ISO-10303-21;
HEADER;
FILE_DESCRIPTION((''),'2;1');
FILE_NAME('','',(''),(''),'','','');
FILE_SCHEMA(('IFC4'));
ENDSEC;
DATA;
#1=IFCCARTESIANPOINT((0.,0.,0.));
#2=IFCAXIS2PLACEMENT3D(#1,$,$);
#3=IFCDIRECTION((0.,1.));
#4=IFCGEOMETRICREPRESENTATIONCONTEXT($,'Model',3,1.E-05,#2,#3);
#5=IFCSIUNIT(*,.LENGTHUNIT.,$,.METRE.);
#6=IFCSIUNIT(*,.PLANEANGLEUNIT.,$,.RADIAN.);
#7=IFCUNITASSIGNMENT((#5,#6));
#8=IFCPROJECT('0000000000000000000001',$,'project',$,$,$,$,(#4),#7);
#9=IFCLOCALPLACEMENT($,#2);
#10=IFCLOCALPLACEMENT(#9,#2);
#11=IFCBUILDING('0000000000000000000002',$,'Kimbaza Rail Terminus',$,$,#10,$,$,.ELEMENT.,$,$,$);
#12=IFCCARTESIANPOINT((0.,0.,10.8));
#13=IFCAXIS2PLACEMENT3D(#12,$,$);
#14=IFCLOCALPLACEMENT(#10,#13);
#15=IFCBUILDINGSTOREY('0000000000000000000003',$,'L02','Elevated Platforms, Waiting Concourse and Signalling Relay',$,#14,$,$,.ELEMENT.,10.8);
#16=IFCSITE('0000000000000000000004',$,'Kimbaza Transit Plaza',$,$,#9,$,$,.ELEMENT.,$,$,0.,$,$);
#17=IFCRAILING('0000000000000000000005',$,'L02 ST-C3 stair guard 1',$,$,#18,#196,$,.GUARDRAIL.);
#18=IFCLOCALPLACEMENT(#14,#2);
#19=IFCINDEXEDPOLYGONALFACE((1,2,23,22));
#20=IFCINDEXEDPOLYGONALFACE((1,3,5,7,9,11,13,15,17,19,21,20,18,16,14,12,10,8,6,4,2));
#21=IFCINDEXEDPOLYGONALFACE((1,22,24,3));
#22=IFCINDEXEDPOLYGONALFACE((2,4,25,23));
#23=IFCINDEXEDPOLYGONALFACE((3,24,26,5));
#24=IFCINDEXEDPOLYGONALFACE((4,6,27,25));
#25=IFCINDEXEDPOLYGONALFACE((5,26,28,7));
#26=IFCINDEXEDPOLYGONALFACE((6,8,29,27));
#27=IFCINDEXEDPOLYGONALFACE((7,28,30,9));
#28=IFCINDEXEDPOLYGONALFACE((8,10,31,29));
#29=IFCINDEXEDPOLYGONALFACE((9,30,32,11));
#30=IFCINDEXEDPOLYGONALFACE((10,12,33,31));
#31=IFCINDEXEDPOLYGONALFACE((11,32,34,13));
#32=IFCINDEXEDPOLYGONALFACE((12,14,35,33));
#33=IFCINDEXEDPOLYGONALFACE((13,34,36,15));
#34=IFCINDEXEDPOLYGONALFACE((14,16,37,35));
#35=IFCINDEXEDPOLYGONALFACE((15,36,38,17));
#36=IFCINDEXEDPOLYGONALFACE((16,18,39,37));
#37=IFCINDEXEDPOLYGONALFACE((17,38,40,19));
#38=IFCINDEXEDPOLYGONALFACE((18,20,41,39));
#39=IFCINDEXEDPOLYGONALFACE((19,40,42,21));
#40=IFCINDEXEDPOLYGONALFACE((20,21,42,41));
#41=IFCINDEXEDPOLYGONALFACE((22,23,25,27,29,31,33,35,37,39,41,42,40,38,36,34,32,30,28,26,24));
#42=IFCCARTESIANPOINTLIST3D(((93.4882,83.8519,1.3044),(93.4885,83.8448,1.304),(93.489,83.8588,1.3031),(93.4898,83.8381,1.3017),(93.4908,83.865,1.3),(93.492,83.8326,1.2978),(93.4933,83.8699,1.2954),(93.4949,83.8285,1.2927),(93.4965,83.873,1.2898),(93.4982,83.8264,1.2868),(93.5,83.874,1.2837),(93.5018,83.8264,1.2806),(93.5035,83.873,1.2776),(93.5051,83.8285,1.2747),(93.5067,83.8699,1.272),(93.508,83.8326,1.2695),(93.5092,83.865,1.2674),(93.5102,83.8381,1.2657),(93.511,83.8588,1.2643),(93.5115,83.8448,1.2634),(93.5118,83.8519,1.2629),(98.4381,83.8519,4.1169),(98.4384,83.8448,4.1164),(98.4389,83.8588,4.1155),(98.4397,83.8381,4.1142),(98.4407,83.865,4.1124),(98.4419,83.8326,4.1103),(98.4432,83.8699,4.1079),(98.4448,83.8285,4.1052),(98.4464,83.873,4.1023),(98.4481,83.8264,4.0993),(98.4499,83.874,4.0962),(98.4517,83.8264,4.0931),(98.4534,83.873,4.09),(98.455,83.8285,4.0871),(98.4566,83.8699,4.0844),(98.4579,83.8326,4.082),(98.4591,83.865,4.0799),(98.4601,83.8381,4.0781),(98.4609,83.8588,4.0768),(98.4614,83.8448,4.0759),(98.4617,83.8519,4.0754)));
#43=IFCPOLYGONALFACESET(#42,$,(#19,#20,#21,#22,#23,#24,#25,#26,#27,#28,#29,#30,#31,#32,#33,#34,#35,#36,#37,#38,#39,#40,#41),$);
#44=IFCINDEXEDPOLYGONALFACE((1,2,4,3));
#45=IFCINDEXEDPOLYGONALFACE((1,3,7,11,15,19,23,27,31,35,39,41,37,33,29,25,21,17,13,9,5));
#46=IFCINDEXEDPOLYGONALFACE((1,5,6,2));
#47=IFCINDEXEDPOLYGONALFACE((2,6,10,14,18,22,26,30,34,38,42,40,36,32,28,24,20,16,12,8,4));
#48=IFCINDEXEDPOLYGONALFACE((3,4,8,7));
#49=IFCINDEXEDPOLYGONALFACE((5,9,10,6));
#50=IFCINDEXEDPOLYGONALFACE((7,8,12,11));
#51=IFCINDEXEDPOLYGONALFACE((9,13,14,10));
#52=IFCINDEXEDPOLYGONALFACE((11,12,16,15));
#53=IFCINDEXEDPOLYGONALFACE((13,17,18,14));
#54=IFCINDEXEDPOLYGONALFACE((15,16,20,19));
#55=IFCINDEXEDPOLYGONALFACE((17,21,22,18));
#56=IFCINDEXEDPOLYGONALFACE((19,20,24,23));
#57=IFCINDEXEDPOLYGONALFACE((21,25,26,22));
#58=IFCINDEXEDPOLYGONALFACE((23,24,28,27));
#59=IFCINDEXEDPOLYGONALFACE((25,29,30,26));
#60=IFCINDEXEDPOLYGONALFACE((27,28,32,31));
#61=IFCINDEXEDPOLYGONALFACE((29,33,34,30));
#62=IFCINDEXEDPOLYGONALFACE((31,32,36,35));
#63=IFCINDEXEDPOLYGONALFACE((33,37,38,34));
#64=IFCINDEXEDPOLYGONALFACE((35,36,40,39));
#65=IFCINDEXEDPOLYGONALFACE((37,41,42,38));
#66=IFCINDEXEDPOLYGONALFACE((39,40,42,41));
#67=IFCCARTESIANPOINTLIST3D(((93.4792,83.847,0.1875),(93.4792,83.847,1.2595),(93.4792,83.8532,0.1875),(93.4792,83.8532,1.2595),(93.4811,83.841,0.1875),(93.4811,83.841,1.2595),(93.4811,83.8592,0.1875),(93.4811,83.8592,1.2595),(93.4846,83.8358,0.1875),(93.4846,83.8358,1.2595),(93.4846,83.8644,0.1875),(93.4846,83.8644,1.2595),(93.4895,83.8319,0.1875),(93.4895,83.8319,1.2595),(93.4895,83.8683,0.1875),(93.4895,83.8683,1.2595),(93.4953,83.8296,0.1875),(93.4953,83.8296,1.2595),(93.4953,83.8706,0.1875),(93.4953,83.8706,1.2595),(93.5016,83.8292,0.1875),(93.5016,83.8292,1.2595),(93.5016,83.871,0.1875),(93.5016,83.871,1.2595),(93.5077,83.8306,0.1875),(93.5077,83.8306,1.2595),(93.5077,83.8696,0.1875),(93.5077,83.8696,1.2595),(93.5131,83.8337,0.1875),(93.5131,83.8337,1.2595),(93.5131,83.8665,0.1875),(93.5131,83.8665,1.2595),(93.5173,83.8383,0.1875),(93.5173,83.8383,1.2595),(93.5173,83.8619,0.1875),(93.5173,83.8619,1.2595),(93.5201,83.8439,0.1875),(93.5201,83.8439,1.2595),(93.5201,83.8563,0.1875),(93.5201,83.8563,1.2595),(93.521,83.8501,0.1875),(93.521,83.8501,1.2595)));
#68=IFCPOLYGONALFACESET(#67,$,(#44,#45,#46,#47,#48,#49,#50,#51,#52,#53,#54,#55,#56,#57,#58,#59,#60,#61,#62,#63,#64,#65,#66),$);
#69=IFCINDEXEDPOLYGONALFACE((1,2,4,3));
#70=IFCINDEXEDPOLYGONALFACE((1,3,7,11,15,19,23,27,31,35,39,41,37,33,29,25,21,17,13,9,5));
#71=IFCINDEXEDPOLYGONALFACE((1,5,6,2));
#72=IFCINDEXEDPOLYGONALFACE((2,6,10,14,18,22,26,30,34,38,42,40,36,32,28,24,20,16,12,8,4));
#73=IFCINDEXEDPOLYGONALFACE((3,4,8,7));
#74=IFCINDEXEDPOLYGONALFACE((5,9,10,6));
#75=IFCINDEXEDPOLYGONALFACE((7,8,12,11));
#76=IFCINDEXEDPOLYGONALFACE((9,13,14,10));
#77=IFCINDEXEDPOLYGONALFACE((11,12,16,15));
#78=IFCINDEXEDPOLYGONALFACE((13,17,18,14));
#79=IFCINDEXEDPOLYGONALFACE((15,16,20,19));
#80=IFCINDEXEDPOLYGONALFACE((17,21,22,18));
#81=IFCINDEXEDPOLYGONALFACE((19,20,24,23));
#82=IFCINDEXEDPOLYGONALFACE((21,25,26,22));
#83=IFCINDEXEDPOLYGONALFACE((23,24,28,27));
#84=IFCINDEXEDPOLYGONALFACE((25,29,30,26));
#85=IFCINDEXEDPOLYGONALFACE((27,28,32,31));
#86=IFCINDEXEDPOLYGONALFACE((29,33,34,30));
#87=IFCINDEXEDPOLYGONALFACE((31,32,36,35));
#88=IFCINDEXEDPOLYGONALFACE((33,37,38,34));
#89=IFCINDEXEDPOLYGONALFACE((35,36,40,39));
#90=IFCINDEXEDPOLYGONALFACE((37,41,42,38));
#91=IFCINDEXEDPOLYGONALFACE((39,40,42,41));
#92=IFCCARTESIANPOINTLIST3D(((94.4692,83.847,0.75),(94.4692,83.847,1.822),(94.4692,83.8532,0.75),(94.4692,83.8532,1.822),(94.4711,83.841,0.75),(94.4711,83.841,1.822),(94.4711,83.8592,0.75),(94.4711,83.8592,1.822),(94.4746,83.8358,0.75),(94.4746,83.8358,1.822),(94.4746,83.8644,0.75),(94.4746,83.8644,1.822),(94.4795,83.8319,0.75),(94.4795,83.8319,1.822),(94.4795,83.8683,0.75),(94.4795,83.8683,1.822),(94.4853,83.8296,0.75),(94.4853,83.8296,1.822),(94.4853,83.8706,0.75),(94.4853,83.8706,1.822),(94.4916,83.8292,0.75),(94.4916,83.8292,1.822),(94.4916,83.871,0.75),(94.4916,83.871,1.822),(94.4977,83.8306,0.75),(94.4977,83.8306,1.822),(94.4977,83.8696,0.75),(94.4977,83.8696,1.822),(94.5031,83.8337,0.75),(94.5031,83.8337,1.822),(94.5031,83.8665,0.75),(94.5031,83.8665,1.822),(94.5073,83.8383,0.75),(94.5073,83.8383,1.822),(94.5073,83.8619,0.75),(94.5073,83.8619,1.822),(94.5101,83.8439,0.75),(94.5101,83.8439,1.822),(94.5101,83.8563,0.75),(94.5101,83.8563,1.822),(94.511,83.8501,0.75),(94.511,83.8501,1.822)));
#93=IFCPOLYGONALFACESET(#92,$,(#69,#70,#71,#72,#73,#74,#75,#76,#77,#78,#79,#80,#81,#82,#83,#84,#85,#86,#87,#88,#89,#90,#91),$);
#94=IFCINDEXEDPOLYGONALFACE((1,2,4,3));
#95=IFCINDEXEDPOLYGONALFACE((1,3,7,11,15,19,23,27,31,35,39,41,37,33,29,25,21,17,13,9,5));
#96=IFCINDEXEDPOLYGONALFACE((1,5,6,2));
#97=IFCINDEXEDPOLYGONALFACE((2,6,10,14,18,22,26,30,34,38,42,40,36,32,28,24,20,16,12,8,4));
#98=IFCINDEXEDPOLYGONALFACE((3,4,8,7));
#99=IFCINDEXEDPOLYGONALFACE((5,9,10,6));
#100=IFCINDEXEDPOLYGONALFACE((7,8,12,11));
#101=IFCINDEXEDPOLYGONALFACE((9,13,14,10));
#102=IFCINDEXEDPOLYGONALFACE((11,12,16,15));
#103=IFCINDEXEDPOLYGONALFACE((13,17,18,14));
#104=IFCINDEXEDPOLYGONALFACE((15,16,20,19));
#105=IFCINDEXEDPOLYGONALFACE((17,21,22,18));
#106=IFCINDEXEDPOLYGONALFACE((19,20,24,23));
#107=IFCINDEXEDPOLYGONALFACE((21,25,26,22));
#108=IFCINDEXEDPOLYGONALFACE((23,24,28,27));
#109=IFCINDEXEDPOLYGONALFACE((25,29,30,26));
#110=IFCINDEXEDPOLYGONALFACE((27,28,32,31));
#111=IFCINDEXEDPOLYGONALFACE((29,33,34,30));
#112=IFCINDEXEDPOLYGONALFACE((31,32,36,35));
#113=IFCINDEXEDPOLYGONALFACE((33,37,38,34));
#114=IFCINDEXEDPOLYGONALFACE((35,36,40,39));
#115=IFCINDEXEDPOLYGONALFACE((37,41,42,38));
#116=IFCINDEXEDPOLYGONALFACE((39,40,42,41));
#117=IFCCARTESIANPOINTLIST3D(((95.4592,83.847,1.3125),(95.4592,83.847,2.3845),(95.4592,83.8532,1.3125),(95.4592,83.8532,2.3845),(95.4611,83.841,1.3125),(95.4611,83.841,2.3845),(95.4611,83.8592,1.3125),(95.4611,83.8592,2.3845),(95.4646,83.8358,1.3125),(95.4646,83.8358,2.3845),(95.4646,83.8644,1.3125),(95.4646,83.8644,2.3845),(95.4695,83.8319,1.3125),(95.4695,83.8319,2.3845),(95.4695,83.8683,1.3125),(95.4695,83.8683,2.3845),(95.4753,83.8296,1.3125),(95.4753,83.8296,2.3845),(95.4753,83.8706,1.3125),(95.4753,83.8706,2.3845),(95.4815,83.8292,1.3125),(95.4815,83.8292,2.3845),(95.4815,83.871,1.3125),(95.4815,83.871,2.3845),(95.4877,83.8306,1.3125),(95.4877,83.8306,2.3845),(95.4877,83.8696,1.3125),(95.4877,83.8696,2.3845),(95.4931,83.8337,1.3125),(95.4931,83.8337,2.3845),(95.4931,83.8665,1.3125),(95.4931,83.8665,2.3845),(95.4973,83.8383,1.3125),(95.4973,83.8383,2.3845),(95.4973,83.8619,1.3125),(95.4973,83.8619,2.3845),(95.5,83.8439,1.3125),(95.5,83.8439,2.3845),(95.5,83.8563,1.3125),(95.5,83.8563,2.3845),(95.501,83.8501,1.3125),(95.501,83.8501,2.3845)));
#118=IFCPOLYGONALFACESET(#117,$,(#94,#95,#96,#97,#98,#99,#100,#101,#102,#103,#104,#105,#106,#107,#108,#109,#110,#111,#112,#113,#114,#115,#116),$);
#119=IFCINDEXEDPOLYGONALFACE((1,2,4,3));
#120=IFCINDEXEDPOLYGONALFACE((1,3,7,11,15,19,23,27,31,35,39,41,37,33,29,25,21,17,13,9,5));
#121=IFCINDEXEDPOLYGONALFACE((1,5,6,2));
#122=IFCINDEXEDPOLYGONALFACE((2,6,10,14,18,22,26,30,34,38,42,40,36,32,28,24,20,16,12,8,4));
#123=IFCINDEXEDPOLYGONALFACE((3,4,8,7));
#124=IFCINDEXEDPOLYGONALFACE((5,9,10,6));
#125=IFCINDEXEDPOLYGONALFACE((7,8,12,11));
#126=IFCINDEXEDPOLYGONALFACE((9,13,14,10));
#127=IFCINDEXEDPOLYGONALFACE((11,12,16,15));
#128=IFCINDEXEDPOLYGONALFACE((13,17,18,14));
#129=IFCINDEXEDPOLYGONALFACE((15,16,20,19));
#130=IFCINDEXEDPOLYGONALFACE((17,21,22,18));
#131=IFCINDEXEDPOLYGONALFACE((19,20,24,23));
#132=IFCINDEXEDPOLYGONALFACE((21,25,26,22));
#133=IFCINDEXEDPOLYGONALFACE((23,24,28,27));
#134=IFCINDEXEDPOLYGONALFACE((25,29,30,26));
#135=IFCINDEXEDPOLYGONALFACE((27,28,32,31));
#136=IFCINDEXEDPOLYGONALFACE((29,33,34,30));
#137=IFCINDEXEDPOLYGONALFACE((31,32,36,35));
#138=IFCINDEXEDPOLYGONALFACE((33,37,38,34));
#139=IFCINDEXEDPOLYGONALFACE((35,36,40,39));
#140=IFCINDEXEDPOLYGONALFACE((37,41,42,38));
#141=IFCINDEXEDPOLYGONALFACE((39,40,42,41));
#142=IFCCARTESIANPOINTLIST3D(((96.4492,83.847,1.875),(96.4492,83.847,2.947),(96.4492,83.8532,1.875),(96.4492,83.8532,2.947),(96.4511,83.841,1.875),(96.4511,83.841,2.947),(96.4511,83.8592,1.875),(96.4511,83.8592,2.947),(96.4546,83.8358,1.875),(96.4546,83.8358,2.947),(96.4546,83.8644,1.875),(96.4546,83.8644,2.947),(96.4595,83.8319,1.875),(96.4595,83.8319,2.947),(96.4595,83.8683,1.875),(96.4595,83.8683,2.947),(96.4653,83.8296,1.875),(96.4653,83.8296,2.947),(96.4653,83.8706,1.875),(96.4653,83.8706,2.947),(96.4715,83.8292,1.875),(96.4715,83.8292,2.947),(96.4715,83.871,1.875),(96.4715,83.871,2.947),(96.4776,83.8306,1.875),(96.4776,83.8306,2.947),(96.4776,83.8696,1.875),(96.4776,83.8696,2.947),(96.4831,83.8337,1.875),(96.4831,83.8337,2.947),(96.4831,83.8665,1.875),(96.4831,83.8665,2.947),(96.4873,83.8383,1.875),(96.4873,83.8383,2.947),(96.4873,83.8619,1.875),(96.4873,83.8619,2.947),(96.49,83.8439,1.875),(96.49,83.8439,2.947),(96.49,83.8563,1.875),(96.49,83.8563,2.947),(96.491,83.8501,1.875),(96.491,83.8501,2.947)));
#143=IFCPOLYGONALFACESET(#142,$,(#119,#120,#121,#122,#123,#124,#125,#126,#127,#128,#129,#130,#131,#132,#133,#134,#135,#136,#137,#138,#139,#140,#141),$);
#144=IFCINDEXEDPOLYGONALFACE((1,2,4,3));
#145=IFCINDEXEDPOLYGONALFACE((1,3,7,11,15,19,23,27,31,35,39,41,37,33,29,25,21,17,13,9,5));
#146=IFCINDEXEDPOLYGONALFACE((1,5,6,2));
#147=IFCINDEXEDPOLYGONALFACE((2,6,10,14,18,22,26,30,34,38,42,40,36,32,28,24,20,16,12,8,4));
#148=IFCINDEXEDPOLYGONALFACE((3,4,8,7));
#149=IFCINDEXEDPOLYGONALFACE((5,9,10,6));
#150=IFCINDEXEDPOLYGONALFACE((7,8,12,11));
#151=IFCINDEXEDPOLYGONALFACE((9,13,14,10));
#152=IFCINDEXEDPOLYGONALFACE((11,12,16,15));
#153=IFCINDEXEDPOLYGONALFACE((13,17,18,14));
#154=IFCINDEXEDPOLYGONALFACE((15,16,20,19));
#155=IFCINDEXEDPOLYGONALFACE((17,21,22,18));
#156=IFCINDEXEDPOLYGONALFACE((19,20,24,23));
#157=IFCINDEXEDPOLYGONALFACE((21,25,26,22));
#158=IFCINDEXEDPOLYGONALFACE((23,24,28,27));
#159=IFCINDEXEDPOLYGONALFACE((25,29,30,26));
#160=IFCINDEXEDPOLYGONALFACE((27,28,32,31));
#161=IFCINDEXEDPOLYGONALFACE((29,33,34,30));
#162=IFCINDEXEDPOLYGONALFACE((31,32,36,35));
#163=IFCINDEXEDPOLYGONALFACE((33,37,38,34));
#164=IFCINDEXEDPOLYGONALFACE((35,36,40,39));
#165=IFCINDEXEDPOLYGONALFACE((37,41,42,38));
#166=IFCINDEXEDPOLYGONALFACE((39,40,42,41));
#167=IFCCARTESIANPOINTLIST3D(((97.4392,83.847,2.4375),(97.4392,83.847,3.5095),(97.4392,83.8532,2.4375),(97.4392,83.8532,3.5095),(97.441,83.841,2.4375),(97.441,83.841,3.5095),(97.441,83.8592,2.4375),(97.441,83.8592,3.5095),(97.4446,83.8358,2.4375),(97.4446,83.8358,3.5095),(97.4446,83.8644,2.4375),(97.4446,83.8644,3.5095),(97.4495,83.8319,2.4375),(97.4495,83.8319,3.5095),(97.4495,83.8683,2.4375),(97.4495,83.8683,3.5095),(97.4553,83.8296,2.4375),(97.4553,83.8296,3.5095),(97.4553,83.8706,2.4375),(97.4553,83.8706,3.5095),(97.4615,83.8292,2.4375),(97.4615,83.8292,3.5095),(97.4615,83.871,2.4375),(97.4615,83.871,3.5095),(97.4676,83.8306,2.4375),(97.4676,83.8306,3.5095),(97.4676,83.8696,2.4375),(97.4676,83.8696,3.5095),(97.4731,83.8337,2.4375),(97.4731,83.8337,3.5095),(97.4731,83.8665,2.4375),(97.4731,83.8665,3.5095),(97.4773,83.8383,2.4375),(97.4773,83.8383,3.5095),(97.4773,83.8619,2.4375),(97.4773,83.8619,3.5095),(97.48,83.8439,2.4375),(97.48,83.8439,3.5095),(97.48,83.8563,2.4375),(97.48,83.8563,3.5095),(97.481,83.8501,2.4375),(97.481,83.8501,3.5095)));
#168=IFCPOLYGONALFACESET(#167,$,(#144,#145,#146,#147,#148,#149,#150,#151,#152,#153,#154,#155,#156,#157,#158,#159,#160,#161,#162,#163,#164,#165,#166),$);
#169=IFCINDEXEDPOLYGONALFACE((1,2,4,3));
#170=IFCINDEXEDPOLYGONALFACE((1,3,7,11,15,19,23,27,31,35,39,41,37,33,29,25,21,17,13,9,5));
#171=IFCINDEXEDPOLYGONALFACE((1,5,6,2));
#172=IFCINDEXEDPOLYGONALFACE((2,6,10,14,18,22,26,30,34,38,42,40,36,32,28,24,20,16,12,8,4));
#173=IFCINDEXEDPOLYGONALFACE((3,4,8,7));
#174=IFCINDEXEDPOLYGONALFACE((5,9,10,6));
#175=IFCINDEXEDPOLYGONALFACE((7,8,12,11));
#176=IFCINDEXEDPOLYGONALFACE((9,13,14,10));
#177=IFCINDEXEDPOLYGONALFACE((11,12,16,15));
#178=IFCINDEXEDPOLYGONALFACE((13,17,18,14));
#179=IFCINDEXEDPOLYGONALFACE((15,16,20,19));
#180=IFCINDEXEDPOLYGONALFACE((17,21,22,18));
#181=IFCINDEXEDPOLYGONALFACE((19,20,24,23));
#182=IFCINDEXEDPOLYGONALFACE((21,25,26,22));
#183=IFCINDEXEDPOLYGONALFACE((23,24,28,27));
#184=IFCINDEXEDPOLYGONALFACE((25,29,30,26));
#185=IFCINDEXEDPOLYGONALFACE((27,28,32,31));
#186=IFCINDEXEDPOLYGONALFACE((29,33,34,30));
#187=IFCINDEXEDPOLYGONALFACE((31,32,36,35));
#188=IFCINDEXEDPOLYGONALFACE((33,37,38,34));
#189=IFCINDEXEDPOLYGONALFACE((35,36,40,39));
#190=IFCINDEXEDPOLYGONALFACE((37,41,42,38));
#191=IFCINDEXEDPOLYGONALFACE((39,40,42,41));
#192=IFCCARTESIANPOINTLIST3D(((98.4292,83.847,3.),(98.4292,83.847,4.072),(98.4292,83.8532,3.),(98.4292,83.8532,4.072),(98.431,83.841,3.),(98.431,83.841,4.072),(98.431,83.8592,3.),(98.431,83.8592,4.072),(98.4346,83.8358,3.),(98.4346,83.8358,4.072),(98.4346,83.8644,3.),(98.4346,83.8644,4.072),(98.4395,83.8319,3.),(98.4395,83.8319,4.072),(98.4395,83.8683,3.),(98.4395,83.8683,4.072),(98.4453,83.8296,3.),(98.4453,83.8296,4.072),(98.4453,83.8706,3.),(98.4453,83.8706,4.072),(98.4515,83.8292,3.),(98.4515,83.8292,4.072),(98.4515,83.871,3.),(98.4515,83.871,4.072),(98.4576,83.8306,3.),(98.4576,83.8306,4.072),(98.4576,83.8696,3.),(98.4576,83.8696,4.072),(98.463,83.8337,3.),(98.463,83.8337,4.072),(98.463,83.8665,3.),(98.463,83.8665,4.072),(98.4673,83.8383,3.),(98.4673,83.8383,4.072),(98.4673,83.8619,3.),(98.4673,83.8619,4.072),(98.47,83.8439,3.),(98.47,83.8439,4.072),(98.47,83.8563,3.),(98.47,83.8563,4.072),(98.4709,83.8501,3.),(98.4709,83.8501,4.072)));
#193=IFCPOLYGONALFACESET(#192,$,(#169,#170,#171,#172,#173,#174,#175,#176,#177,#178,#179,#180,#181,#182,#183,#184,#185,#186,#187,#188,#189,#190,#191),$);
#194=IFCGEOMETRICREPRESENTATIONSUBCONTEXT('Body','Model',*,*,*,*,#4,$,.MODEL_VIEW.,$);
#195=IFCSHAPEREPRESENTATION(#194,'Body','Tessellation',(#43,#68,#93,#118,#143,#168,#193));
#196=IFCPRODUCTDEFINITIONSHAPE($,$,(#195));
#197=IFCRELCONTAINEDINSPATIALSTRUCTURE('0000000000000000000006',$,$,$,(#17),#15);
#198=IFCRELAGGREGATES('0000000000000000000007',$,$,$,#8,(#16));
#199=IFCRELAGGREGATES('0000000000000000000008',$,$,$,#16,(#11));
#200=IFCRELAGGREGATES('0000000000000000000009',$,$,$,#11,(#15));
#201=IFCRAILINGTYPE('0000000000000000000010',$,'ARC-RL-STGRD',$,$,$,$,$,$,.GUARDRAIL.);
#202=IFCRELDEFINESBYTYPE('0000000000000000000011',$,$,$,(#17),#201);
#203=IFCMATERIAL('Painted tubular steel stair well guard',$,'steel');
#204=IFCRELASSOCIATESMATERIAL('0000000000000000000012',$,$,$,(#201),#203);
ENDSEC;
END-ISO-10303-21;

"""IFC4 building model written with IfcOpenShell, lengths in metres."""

from ifc_helpers import new_model, si_unit, direction, frame, origin, origin_2d, place, context, subcontext, project, spatial, circle, extrude, material, type_object, element, save


model = new_model("IFC4")

# Units and contexts
model_context = context("Model", 3, precision=1e-05, world=origin(), true_north=direction((0.0, 1.0)))
body_context = subcontext(model_context, "Body", "Model", "MODEL_VIEW")
ifc_project = project(units=[si_unit("LENGTHUNIT", "METRE"), si_unit("PLANEANGLEUNIT", "RADIAN")], contexts=[model_context])

# Site, building, storey
site_placement = place(None, origin())
site = spatial("IfcSite", under=ifc_project, at=site_placement, Name="Kimbaza Transit Plaza", CompositionType="ELEMENT", RefElevation=0.0)
building_placement = place(site_placement, origin())
building = spatial("IfcBuilding", under=site, at=building_placement, Name="Kimbaza Rail Terminus", CompositionType="ELEMENT")
storey_placement = place(building_placement, frame((0.0, 0.0, 10.8)))
storey = spatial("IfcBuildingStorey", under=building, at=storey_placement, Name="L02", Description="Elevated Platforms, Waiting Concourse and Signalling Relay", CompositionType="ELEMENT", Elevation=10.8)

# Railing
ifc_material_1 = material(Name="Painted tubular steel stair well guard", Category="steel")
railing_type_1 = type_object("IfcRailingType", Name="ARC-RL-STGRD", PredefinedType="GUARDRAIL", material=ifc_material_1)
railing_1_placement = place(storey_placement, frame((93.5, 83.8501, 0.1875)))
element("IfcRailing", 1, at=railing_1_placement, inside=storey, type_object=railing_type_1, Name="L02 ST-C3 stair guard 1", PredefinedType="GUARDRAIL", context=body_context, shape_type="SweptSolid", body=[
    extrude(circle(Radius=0.0239, at=origin_2d()), frame((0.0, 0.0, 1.0962), z_axis=(0.869454, 0.0, 0.494013), x_axis=(0.0, 1.0, 0.0)), (0.0, 0.0, 1.0), 5.6931),
    extrude(circle(Radius=0.021, at=origin_2d()), origin(), (0.0, 0.0, 1.0), 1.072),
    extrude(circle(Radius=0.021, at=origin_2d()), frame((0.99, 0.0, 0.5625)), (0.0, 0.0, 1.0), 1.072),
    extrude(circle(Radius=0.021, at=origin_2d()), frame((1.98, 0.0, 1.125)), (0.0, 0.0, 1.0), 1.072),
    extrude(circle(Radius=0.021, at=origin_2d()), frame((2.97, 0.0, 1.6875)), (0.0, 0.0, 1.0), 1.072),
    extrude(circle(Radius=0.021, at=origin_2d()), frame((3.96, 0.0, 2.25)), (0.0, 0.0, 1.0), 1.072),
    extrude(circle(Radius=0.021, at=origin_2d()), frame((4.95, 0.0, 2.8125)), (0.0, 0.0, 1.0), 1.072),
])

save(model, "model.ifc")
